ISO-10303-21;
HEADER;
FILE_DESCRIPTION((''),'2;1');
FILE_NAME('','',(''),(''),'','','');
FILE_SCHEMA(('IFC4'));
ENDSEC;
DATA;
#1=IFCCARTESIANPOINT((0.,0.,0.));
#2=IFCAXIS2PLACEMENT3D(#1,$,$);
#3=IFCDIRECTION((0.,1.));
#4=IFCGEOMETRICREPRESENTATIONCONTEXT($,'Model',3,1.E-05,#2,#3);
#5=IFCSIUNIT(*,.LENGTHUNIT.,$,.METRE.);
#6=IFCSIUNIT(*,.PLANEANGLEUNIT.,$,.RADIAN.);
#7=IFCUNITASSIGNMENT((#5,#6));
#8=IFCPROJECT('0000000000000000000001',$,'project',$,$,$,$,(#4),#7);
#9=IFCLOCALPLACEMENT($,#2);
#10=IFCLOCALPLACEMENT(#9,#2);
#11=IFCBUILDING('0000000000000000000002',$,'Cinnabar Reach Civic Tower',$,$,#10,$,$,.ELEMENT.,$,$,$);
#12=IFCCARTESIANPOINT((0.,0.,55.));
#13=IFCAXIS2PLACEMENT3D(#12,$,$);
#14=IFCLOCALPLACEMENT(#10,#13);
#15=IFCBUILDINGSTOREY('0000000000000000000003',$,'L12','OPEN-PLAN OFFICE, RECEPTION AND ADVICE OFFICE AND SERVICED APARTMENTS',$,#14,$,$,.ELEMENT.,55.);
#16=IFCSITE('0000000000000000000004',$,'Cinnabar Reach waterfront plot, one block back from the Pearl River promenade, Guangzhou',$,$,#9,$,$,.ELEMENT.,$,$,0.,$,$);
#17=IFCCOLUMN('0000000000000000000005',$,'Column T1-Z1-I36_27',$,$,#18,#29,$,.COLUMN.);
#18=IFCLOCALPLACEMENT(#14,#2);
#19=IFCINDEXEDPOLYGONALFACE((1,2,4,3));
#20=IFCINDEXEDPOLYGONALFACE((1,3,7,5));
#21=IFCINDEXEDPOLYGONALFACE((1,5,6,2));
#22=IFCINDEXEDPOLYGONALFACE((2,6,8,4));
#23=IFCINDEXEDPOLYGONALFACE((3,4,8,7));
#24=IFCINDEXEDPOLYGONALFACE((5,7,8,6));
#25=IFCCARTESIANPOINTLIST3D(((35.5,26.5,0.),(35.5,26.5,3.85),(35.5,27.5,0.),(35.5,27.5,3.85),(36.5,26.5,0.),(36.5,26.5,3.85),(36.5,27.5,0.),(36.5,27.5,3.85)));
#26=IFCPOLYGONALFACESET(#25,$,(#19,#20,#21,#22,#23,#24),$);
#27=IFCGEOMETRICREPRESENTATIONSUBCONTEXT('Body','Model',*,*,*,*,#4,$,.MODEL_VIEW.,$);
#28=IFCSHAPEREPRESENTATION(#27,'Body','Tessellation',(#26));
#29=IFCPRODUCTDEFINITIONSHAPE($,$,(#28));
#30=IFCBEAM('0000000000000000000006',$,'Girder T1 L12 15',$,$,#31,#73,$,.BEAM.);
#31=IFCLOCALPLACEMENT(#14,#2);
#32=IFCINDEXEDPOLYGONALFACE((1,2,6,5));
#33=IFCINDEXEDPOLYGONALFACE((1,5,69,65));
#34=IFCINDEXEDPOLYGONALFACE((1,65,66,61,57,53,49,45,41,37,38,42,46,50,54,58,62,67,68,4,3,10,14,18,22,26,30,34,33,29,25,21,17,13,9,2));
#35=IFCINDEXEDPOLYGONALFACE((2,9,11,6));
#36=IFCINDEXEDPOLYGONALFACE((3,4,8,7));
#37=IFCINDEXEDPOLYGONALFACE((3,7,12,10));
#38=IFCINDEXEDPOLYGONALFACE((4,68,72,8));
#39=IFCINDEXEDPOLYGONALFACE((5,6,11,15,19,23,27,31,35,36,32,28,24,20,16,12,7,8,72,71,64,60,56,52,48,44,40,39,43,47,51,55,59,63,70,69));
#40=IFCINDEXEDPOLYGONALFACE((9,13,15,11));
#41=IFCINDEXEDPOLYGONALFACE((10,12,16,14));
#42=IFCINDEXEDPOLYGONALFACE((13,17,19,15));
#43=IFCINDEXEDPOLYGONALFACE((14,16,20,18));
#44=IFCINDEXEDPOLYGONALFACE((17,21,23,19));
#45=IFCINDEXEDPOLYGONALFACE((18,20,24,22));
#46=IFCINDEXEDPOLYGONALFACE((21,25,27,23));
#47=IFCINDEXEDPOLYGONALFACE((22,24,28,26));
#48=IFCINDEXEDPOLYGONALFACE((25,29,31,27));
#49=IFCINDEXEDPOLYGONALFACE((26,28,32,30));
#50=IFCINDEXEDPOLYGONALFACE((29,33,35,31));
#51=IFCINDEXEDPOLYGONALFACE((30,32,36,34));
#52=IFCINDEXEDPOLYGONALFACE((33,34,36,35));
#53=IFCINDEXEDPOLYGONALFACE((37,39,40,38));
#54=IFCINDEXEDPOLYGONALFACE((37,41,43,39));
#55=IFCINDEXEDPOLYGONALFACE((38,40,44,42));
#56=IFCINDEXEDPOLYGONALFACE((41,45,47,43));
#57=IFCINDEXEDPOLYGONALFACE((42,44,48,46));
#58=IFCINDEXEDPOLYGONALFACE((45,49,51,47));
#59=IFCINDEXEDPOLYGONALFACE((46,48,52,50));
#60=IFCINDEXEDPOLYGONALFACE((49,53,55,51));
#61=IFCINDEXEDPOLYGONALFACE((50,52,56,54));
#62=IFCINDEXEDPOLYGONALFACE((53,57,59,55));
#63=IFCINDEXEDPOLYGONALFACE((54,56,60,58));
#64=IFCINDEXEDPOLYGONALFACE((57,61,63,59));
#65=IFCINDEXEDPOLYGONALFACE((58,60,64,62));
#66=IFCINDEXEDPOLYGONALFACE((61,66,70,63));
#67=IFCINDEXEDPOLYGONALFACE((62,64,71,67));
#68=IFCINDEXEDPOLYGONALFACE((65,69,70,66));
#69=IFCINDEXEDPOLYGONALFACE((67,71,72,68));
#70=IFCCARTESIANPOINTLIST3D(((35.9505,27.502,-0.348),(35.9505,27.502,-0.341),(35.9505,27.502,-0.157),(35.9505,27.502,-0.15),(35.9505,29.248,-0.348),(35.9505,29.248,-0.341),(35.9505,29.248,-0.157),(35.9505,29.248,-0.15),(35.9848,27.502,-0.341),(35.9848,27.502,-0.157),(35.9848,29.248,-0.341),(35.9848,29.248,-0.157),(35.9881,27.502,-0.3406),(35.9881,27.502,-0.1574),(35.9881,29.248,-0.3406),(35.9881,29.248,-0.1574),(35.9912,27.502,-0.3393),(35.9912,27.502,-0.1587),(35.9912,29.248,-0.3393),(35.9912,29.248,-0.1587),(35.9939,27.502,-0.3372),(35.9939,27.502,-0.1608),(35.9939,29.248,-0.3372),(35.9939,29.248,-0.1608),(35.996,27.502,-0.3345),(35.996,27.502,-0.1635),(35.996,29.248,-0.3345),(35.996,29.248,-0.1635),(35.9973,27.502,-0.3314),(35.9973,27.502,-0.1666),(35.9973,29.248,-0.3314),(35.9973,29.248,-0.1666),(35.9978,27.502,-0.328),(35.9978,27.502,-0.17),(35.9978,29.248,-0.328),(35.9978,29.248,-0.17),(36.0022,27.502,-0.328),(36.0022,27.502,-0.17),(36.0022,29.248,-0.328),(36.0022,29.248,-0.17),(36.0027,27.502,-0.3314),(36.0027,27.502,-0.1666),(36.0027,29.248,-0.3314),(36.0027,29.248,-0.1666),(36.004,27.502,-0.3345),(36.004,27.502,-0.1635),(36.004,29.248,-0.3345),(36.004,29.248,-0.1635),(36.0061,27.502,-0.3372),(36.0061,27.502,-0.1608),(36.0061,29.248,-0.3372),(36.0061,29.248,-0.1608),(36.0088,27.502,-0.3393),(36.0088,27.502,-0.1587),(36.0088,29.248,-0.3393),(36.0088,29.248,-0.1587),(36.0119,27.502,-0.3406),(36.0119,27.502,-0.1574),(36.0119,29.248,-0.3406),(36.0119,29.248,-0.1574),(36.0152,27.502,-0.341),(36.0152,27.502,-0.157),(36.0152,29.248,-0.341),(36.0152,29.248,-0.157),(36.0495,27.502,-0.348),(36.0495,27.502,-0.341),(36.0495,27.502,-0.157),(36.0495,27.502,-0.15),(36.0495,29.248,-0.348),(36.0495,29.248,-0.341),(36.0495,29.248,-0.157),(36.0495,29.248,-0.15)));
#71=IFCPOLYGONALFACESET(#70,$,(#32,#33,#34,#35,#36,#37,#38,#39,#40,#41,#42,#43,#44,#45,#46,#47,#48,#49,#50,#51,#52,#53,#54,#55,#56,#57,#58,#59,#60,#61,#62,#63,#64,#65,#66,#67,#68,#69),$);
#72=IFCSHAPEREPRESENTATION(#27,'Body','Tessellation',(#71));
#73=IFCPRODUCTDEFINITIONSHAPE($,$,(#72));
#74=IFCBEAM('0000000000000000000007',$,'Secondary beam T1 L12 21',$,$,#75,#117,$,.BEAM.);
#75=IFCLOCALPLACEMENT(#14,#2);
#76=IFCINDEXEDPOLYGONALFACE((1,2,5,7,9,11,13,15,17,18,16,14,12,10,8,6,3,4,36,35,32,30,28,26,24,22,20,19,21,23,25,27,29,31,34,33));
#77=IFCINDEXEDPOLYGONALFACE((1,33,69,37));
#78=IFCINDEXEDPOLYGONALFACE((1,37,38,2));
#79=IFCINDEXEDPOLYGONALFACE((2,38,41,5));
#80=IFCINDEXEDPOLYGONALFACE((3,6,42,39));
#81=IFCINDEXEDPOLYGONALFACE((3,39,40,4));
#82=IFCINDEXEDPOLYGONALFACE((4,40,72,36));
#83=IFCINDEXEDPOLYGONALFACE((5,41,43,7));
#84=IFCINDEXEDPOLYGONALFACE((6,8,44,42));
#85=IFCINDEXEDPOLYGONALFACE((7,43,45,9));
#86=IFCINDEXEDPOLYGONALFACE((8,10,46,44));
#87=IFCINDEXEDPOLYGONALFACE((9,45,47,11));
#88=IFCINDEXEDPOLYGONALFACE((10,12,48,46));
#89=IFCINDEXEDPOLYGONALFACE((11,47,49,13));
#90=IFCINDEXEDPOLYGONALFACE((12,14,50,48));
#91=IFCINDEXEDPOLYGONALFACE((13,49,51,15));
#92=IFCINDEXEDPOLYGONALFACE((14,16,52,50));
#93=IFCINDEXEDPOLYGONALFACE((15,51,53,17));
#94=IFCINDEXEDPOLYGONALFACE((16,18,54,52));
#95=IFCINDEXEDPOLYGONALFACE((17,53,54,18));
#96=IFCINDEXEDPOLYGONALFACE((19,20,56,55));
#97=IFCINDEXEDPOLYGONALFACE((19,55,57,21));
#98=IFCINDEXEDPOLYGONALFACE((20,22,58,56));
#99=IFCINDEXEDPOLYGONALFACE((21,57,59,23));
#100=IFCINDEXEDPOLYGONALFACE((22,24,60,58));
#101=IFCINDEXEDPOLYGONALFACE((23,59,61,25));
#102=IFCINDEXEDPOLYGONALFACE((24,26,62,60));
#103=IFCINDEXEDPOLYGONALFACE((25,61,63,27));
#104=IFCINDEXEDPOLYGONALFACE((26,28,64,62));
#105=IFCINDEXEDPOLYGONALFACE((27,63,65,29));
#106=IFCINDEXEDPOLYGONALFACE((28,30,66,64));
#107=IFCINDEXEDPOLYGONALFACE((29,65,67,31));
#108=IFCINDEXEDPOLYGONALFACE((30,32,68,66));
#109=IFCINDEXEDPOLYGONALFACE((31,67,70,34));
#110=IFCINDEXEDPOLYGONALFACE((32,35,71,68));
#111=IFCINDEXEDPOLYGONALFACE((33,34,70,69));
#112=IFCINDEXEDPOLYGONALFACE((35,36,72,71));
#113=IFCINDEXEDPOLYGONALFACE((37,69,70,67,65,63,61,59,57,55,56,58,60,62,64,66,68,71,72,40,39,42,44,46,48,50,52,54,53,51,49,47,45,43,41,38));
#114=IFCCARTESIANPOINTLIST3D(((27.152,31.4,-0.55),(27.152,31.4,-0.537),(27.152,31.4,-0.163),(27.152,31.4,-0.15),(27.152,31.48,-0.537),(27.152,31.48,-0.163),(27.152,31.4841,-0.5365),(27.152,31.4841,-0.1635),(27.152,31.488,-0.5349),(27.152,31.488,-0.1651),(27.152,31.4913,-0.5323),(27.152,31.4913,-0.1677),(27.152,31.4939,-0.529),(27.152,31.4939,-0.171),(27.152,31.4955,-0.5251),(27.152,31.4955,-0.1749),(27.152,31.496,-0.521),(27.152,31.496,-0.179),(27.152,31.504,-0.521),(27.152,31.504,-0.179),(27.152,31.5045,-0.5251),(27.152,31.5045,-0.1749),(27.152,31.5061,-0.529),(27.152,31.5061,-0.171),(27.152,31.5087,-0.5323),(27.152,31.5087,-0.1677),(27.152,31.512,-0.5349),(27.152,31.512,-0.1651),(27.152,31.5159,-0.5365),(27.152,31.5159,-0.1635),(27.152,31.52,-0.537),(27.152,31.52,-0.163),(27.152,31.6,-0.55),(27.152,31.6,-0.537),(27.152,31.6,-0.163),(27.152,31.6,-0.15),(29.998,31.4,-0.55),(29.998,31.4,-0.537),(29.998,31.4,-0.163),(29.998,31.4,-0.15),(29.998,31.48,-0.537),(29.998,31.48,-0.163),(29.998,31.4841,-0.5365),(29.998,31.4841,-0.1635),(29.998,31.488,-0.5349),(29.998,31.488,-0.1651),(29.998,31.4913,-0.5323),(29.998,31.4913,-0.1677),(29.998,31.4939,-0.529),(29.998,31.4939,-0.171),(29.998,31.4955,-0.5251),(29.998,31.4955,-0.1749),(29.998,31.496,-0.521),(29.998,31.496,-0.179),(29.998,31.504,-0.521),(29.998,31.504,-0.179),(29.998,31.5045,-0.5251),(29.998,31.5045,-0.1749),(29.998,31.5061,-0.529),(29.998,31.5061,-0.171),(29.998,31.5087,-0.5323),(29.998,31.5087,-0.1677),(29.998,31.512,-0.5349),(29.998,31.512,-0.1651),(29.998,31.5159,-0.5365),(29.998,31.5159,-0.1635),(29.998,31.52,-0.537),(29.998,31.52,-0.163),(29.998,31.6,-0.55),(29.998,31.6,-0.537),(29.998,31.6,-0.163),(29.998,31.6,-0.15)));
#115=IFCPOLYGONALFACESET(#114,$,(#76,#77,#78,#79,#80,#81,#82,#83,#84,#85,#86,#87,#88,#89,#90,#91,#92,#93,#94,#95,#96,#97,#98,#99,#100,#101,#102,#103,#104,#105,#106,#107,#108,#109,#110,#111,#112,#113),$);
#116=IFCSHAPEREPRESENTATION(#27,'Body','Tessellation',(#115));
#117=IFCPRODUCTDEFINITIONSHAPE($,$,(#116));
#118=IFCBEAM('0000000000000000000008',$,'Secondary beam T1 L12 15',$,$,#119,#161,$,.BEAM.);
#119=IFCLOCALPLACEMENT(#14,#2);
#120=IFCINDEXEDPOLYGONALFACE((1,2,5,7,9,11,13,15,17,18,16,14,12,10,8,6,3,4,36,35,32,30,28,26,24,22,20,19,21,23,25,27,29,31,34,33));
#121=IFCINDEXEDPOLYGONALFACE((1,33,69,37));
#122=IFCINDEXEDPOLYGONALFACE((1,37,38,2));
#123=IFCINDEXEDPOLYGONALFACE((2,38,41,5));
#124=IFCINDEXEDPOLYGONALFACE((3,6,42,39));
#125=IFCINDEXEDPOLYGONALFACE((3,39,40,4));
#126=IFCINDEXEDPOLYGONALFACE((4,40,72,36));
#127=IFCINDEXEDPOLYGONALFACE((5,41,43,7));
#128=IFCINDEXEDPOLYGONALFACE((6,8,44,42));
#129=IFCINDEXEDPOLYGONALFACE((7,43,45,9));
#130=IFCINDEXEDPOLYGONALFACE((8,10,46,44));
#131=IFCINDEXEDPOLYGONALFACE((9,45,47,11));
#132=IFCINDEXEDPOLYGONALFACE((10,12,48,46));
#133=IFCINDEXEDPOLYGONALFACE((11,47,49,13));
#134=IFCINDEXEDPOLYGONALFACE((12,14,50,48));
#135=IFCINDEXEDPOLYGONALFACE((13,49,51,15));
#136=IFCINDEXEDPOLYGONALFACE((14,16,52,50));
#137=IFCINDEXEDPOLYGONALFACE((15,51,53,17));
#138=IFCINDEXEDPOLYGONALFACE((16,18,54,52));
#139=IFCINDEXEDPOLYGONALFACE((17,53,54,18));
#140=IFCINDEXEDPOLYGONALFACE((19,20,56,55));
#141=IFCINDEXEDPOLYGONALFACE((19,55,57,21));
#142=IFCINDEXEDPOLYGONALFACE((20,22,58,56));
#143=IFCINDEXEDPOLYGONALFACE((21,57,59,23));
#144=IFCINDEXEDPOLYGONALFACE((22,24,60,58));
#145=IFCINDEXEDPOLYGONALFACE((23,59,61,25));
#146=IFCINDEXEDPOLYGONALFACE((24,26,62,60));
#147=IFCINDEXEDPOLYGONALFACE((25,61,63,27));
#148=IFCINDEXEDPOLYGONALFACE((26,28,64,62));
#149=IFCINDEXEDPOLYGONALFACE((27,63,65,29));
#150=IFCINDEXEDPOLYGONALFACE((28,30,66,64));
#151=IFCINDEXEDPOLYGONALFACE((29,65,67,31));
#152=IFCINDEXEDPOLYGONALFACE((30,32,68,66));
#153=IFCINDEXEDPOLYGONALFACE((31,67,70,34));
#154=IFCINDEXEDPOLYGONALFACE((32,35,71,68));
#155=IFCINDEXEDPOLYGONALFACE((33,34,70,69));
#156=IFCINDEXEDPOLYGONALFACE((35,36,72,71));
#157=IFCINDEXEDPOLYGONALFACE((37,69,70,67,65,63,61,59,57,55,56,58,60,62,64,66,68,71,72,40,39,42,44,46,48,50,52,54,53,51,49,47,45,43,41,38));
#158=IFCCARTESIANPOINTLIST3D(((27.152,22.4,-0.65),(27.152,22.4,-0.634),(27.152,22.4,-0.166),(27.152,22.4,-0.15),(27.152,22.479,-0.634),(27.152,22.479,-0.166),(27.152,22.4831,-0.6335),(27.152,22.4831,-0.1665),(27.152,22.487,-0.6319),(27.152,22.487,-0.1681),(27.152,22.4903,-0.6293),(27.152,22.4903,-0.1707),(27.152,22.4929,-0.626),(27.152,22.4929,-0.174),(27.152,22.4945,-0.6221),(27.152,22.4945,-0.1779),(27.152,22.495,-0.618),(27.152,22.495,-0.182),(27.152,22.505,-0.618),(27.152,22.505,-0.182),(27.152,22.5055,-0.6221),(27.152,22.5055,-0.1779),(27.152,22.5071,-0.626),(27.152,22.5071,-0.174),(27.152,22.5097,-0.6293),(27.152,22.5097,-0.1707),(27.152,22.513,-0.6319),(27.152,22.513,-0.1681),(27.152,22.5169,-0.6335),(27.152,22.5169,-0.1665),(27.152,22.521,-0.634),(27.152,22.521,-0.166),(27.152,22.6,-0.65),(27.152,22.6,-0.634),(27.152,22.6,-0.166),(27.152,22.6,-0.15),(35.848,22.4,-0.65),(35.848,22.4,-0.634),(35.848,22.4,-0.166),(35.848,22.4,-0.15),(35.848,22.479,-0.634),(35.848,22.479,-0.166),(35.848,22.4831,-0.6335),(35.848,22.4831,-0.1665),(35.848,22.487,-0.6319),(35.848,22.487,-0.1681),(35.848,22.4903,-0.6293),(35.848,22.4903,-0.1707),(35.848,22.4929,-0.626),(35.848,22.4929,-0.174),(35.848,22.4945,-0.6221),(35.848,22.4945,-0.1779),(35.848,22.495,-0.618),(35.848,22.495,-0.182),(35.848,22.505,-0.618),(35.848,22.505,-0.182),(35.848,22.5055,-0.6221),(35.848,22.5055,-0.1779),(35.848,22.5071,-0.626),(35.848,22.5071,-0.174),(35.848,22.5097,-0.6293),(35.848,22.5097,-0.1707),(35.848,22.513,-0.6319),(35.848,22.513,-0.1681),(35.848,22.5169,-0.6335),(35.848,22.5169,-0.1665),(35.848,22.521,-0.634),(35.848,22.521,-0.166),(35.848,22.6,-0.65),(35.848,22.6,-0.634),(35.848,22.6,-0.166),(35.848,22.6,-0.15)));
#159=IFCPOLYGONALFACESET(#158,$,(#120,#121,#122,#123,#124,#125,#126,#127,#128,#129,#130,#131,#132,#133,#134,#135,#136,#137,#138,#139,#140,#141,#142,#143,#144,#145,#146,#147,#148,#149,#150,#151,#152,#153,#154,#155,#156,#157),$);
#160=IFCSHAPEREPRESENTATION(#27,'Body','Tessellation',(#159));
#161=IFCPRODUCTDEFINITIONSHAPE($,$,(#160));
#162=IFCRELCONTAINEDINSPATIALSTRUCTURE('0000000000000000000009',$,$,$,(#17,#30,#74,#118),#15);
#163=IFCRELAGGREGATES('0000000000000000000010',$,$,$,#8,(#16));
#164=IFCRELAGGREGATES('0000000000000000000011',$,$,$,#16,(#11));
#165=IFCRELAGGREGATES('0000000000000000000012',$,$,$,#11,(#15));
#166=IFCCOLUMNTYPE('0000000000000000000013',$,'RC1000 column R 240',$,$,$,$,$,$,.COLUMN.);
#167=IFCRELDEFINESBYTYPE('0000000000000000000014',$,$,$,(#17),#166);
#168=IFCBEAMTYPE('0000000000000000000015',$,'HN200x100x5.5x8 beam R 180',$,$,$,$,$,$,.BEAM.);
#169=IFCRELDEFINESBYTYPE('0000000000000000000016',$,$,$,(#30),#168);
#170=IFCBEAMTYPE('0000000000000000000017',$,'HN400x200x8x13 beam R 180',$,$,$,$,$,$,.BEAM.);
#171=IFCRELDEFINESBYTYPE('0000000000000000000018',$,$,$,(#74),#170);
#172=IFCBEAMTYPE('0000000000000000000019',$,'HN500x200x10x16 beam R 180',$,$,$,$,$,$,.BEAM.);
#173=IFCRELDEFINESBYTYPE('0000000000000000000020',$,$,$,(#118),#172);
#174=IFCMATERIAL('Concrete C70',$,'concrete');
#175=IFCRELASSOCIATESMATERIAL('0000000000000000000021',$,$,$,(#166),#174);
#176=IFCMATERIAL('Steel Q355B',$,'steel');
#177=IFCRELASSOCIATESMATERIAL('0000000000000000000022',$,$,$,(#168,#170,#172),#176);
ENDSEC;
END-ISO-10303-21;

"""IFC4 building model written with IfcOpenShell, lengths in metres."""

from ifc_helpers import new_model, si_unit, direction, frame, origin, origin_2d, place, context, subcontext, project, spatial, rectangle, i_section, extrude, material, material_profile, profile_set, type_object, element, save


model = new_model("IFC4")

# Units and contexts
model_context = context("Model", 3, precision=1e-05, world=origin(), true_north=direction((0.0, 1.0)))
body_context = subcontext(model_context, "Body", "Model", "MODEL_VIEW")
ifc_project = project(units=[si_unit("LENGTHUNIT", "METRE"), si_unit("PLANEANGLEUNIT", "RADIAN")], contexts=[model_context])

# Site, building, storey
site_placement = place(None, origin())
site = spatial("IfcSite", under=ifc_project, at=site_placement, Name="Cinnabar Reach waterfront plot, one block back from the Pearl River promenade, Guangzhou", CompositionType="ELEMENT", RefElevation=0.0)
building_placement = place(site_placement, origin())
building = spatial("IfcBuilding", under=site, at=building_placement, Name="Cinnabar Reach Civic Tower", CompositionType="ELEMENT")
storey_placement = place(building_placement, frame((0.0, 0.0, 55.0)))
storey = spatial("IfcBuildingStorey", under=building, at=storey_placement, Name="L12", Description="OPEN-PLAN OFFICE, RECEPTION AND ADVICE OFFICE AND SERVICED APARTMENTS", CompositionType="ELEMENT", Elevation=55.0)

# Column
ifc_material_1 = material(Name="Concrete C70", Category="concrete")
ifc_material_profile_1 = material_profile(ifc_material_1, rectangle(XDim=1.0, YDim=1.0, at=origin_2d()), Name="RC1000")
ifc_profile_set_1 = profile_set([ifc_material_profile_1], Name="Concrete C70")
column_type = type_object("IfcColumnType", Name="RC1000 column R 240", PredefinedType="COLUMN", material=ifc_profile_set_1)
column_placement = place(storey_placement, frame((36.0, 27.0, 0.0), z_axis=(0.0, 0.0, 1.0), x_axis=(1.0, 0.0, 0.0)))
element("IfcColumn", 1, at=column_placement, inside=storey, type_object=column_type, Name="Column T1-Z1-I36_27", PredefinedType="COLUMN", context=body_context, shape_type="SweptSolid", body=[
    extrude(rectangle(XDim=1.0, YDim=1.0, at=origin_2d()), origin(), (0.0, 0.0, 1.0), 3.85),
])

# Beams
ifc_material_2 = material(Name="Steel Q355B", Category="steel")
ifc_material_profile_2 = material_profile(ifc_material_2, i_section(OverallWidth=0.099, OverallDepth=0.198, WebThickness=0.0045, FlangeThickness=0.007, FilletRadius=0.013, at=origin_2d()), Name="HN200x100x5.5x8")
ifc_profile_set_2 = profile_set([ifc_material_profile_2], Name="Steel Q355B")
beam_type_1 = type_object("IfcBeamType", Name="HN200x100x5.5x8 beam R 180", PredefinedType="BEAM", material=ifc_profile_set_2)
beam_1_placement = place(storey_placement, frame((36.0, 27.502, -0.249), z_axis=(0.0, 1.0, 0.0), x_axis=(-1.0, 0.0, 0.0)))
element("IfcBeam", 2, at=beam_1_placement, inside=storey, type_object=beam_type_1, Name="Girder T1 L12 15", PredefinedType="BEAM", context=body_context, shape_type="SweptSolid", body=[
    extrude(i_section(OverallWidth=0.099, OverallDepth=0.198, WebThickness=0.0045, FlangeThickness=0.007, FilletRadius=0.013, at=origin_2d()), origin(), (0.0, 0.0, 1.0), 1.746),
])
ifc_material_profile_3 = material_profile(ifc_material_2, i_section(OverallWidth=0.2, OverallDepth=0.4, WebThickness=0.008, FlangeThickness=0.013, FilletRadius=0.016, at=origin_2d()), Name="HN400x200x8x13")
ifc_profile_set_3 = profile_set([ifc_material_profile_3], Name="Steel Q355B")
beam_type_2 = type_object("IfcBeamType", Name="HN400x200x8x13 beam R 180", PredefinedType="BEAM", material=ifc_profile_set_3)
beam_2_placement = place(storey_placement, frame((27.152, 31.5, -0.35), z_axis=(1.0, 0.0, 0.0), x_axis=(0.0, 1.0, 0.0)))
element("IfcBeam", 3, at=beam_2_placement, inside=storey, type_object=beam_type_2, Name="Secondary beam T1 L12 21", PredefinedType="BEAM", context=body_context, shape_type="SweptSolid", body=[
    extrude(i_section(OverallWidth=0.2, OverallDepth=0.4, WebThickness=0.008, FlangeThickness=0.013, FilletRadius=0.016, at=origin_2d()), origin(), (0.0, 0.0, 1.0), 2.846),
])
ifc_material_profile_4 = material_profile(ifc_material_2, i_section(OverallWidth=0.2, OverallDepth=0.5, WebThickness=0.01, FlangeThickness=0.016, FilletRadius=0.016, at=origin_2d()), Name="HN500x200x10x16")
ifc_profile_set_4 = profile_set([ifc_material_profile_4], Name="Steel Q355B")
beam_type_3 = type_object("IfcBeamType", Name="HN500x200x10x16 beam R 180", PredefinedType="BEAM", material=ifc_profile_set_4)
for number, where, z_axis, x_axis, name in (
    (4, (27.152, 22.5, -0.4), (1.0, 0.0, 0.0), (0.0, 1.0, 0.0), "Secondary beam T1 L12 15"),
):
    element("IfcBeam", number, at=place(storey_placement, frame(where, z_axis=z_axis, x_axis=x_axis)), inside=storey, type_object=beam_type_3, Name=name, PredefinedType="BEAM", context=body_context, shape_type="SweptSolid", body=[
        extrude(i_section(OverallWidth=0.2, OverallDepth=0.5, WebThickness=0.01, FlangeThickness=0.016, FilletRadius=0.016, at=origin_2d()), origin(), (0.0, 0.0, 1.0), 8.696),
    ])

save(model, "model.ifc")
